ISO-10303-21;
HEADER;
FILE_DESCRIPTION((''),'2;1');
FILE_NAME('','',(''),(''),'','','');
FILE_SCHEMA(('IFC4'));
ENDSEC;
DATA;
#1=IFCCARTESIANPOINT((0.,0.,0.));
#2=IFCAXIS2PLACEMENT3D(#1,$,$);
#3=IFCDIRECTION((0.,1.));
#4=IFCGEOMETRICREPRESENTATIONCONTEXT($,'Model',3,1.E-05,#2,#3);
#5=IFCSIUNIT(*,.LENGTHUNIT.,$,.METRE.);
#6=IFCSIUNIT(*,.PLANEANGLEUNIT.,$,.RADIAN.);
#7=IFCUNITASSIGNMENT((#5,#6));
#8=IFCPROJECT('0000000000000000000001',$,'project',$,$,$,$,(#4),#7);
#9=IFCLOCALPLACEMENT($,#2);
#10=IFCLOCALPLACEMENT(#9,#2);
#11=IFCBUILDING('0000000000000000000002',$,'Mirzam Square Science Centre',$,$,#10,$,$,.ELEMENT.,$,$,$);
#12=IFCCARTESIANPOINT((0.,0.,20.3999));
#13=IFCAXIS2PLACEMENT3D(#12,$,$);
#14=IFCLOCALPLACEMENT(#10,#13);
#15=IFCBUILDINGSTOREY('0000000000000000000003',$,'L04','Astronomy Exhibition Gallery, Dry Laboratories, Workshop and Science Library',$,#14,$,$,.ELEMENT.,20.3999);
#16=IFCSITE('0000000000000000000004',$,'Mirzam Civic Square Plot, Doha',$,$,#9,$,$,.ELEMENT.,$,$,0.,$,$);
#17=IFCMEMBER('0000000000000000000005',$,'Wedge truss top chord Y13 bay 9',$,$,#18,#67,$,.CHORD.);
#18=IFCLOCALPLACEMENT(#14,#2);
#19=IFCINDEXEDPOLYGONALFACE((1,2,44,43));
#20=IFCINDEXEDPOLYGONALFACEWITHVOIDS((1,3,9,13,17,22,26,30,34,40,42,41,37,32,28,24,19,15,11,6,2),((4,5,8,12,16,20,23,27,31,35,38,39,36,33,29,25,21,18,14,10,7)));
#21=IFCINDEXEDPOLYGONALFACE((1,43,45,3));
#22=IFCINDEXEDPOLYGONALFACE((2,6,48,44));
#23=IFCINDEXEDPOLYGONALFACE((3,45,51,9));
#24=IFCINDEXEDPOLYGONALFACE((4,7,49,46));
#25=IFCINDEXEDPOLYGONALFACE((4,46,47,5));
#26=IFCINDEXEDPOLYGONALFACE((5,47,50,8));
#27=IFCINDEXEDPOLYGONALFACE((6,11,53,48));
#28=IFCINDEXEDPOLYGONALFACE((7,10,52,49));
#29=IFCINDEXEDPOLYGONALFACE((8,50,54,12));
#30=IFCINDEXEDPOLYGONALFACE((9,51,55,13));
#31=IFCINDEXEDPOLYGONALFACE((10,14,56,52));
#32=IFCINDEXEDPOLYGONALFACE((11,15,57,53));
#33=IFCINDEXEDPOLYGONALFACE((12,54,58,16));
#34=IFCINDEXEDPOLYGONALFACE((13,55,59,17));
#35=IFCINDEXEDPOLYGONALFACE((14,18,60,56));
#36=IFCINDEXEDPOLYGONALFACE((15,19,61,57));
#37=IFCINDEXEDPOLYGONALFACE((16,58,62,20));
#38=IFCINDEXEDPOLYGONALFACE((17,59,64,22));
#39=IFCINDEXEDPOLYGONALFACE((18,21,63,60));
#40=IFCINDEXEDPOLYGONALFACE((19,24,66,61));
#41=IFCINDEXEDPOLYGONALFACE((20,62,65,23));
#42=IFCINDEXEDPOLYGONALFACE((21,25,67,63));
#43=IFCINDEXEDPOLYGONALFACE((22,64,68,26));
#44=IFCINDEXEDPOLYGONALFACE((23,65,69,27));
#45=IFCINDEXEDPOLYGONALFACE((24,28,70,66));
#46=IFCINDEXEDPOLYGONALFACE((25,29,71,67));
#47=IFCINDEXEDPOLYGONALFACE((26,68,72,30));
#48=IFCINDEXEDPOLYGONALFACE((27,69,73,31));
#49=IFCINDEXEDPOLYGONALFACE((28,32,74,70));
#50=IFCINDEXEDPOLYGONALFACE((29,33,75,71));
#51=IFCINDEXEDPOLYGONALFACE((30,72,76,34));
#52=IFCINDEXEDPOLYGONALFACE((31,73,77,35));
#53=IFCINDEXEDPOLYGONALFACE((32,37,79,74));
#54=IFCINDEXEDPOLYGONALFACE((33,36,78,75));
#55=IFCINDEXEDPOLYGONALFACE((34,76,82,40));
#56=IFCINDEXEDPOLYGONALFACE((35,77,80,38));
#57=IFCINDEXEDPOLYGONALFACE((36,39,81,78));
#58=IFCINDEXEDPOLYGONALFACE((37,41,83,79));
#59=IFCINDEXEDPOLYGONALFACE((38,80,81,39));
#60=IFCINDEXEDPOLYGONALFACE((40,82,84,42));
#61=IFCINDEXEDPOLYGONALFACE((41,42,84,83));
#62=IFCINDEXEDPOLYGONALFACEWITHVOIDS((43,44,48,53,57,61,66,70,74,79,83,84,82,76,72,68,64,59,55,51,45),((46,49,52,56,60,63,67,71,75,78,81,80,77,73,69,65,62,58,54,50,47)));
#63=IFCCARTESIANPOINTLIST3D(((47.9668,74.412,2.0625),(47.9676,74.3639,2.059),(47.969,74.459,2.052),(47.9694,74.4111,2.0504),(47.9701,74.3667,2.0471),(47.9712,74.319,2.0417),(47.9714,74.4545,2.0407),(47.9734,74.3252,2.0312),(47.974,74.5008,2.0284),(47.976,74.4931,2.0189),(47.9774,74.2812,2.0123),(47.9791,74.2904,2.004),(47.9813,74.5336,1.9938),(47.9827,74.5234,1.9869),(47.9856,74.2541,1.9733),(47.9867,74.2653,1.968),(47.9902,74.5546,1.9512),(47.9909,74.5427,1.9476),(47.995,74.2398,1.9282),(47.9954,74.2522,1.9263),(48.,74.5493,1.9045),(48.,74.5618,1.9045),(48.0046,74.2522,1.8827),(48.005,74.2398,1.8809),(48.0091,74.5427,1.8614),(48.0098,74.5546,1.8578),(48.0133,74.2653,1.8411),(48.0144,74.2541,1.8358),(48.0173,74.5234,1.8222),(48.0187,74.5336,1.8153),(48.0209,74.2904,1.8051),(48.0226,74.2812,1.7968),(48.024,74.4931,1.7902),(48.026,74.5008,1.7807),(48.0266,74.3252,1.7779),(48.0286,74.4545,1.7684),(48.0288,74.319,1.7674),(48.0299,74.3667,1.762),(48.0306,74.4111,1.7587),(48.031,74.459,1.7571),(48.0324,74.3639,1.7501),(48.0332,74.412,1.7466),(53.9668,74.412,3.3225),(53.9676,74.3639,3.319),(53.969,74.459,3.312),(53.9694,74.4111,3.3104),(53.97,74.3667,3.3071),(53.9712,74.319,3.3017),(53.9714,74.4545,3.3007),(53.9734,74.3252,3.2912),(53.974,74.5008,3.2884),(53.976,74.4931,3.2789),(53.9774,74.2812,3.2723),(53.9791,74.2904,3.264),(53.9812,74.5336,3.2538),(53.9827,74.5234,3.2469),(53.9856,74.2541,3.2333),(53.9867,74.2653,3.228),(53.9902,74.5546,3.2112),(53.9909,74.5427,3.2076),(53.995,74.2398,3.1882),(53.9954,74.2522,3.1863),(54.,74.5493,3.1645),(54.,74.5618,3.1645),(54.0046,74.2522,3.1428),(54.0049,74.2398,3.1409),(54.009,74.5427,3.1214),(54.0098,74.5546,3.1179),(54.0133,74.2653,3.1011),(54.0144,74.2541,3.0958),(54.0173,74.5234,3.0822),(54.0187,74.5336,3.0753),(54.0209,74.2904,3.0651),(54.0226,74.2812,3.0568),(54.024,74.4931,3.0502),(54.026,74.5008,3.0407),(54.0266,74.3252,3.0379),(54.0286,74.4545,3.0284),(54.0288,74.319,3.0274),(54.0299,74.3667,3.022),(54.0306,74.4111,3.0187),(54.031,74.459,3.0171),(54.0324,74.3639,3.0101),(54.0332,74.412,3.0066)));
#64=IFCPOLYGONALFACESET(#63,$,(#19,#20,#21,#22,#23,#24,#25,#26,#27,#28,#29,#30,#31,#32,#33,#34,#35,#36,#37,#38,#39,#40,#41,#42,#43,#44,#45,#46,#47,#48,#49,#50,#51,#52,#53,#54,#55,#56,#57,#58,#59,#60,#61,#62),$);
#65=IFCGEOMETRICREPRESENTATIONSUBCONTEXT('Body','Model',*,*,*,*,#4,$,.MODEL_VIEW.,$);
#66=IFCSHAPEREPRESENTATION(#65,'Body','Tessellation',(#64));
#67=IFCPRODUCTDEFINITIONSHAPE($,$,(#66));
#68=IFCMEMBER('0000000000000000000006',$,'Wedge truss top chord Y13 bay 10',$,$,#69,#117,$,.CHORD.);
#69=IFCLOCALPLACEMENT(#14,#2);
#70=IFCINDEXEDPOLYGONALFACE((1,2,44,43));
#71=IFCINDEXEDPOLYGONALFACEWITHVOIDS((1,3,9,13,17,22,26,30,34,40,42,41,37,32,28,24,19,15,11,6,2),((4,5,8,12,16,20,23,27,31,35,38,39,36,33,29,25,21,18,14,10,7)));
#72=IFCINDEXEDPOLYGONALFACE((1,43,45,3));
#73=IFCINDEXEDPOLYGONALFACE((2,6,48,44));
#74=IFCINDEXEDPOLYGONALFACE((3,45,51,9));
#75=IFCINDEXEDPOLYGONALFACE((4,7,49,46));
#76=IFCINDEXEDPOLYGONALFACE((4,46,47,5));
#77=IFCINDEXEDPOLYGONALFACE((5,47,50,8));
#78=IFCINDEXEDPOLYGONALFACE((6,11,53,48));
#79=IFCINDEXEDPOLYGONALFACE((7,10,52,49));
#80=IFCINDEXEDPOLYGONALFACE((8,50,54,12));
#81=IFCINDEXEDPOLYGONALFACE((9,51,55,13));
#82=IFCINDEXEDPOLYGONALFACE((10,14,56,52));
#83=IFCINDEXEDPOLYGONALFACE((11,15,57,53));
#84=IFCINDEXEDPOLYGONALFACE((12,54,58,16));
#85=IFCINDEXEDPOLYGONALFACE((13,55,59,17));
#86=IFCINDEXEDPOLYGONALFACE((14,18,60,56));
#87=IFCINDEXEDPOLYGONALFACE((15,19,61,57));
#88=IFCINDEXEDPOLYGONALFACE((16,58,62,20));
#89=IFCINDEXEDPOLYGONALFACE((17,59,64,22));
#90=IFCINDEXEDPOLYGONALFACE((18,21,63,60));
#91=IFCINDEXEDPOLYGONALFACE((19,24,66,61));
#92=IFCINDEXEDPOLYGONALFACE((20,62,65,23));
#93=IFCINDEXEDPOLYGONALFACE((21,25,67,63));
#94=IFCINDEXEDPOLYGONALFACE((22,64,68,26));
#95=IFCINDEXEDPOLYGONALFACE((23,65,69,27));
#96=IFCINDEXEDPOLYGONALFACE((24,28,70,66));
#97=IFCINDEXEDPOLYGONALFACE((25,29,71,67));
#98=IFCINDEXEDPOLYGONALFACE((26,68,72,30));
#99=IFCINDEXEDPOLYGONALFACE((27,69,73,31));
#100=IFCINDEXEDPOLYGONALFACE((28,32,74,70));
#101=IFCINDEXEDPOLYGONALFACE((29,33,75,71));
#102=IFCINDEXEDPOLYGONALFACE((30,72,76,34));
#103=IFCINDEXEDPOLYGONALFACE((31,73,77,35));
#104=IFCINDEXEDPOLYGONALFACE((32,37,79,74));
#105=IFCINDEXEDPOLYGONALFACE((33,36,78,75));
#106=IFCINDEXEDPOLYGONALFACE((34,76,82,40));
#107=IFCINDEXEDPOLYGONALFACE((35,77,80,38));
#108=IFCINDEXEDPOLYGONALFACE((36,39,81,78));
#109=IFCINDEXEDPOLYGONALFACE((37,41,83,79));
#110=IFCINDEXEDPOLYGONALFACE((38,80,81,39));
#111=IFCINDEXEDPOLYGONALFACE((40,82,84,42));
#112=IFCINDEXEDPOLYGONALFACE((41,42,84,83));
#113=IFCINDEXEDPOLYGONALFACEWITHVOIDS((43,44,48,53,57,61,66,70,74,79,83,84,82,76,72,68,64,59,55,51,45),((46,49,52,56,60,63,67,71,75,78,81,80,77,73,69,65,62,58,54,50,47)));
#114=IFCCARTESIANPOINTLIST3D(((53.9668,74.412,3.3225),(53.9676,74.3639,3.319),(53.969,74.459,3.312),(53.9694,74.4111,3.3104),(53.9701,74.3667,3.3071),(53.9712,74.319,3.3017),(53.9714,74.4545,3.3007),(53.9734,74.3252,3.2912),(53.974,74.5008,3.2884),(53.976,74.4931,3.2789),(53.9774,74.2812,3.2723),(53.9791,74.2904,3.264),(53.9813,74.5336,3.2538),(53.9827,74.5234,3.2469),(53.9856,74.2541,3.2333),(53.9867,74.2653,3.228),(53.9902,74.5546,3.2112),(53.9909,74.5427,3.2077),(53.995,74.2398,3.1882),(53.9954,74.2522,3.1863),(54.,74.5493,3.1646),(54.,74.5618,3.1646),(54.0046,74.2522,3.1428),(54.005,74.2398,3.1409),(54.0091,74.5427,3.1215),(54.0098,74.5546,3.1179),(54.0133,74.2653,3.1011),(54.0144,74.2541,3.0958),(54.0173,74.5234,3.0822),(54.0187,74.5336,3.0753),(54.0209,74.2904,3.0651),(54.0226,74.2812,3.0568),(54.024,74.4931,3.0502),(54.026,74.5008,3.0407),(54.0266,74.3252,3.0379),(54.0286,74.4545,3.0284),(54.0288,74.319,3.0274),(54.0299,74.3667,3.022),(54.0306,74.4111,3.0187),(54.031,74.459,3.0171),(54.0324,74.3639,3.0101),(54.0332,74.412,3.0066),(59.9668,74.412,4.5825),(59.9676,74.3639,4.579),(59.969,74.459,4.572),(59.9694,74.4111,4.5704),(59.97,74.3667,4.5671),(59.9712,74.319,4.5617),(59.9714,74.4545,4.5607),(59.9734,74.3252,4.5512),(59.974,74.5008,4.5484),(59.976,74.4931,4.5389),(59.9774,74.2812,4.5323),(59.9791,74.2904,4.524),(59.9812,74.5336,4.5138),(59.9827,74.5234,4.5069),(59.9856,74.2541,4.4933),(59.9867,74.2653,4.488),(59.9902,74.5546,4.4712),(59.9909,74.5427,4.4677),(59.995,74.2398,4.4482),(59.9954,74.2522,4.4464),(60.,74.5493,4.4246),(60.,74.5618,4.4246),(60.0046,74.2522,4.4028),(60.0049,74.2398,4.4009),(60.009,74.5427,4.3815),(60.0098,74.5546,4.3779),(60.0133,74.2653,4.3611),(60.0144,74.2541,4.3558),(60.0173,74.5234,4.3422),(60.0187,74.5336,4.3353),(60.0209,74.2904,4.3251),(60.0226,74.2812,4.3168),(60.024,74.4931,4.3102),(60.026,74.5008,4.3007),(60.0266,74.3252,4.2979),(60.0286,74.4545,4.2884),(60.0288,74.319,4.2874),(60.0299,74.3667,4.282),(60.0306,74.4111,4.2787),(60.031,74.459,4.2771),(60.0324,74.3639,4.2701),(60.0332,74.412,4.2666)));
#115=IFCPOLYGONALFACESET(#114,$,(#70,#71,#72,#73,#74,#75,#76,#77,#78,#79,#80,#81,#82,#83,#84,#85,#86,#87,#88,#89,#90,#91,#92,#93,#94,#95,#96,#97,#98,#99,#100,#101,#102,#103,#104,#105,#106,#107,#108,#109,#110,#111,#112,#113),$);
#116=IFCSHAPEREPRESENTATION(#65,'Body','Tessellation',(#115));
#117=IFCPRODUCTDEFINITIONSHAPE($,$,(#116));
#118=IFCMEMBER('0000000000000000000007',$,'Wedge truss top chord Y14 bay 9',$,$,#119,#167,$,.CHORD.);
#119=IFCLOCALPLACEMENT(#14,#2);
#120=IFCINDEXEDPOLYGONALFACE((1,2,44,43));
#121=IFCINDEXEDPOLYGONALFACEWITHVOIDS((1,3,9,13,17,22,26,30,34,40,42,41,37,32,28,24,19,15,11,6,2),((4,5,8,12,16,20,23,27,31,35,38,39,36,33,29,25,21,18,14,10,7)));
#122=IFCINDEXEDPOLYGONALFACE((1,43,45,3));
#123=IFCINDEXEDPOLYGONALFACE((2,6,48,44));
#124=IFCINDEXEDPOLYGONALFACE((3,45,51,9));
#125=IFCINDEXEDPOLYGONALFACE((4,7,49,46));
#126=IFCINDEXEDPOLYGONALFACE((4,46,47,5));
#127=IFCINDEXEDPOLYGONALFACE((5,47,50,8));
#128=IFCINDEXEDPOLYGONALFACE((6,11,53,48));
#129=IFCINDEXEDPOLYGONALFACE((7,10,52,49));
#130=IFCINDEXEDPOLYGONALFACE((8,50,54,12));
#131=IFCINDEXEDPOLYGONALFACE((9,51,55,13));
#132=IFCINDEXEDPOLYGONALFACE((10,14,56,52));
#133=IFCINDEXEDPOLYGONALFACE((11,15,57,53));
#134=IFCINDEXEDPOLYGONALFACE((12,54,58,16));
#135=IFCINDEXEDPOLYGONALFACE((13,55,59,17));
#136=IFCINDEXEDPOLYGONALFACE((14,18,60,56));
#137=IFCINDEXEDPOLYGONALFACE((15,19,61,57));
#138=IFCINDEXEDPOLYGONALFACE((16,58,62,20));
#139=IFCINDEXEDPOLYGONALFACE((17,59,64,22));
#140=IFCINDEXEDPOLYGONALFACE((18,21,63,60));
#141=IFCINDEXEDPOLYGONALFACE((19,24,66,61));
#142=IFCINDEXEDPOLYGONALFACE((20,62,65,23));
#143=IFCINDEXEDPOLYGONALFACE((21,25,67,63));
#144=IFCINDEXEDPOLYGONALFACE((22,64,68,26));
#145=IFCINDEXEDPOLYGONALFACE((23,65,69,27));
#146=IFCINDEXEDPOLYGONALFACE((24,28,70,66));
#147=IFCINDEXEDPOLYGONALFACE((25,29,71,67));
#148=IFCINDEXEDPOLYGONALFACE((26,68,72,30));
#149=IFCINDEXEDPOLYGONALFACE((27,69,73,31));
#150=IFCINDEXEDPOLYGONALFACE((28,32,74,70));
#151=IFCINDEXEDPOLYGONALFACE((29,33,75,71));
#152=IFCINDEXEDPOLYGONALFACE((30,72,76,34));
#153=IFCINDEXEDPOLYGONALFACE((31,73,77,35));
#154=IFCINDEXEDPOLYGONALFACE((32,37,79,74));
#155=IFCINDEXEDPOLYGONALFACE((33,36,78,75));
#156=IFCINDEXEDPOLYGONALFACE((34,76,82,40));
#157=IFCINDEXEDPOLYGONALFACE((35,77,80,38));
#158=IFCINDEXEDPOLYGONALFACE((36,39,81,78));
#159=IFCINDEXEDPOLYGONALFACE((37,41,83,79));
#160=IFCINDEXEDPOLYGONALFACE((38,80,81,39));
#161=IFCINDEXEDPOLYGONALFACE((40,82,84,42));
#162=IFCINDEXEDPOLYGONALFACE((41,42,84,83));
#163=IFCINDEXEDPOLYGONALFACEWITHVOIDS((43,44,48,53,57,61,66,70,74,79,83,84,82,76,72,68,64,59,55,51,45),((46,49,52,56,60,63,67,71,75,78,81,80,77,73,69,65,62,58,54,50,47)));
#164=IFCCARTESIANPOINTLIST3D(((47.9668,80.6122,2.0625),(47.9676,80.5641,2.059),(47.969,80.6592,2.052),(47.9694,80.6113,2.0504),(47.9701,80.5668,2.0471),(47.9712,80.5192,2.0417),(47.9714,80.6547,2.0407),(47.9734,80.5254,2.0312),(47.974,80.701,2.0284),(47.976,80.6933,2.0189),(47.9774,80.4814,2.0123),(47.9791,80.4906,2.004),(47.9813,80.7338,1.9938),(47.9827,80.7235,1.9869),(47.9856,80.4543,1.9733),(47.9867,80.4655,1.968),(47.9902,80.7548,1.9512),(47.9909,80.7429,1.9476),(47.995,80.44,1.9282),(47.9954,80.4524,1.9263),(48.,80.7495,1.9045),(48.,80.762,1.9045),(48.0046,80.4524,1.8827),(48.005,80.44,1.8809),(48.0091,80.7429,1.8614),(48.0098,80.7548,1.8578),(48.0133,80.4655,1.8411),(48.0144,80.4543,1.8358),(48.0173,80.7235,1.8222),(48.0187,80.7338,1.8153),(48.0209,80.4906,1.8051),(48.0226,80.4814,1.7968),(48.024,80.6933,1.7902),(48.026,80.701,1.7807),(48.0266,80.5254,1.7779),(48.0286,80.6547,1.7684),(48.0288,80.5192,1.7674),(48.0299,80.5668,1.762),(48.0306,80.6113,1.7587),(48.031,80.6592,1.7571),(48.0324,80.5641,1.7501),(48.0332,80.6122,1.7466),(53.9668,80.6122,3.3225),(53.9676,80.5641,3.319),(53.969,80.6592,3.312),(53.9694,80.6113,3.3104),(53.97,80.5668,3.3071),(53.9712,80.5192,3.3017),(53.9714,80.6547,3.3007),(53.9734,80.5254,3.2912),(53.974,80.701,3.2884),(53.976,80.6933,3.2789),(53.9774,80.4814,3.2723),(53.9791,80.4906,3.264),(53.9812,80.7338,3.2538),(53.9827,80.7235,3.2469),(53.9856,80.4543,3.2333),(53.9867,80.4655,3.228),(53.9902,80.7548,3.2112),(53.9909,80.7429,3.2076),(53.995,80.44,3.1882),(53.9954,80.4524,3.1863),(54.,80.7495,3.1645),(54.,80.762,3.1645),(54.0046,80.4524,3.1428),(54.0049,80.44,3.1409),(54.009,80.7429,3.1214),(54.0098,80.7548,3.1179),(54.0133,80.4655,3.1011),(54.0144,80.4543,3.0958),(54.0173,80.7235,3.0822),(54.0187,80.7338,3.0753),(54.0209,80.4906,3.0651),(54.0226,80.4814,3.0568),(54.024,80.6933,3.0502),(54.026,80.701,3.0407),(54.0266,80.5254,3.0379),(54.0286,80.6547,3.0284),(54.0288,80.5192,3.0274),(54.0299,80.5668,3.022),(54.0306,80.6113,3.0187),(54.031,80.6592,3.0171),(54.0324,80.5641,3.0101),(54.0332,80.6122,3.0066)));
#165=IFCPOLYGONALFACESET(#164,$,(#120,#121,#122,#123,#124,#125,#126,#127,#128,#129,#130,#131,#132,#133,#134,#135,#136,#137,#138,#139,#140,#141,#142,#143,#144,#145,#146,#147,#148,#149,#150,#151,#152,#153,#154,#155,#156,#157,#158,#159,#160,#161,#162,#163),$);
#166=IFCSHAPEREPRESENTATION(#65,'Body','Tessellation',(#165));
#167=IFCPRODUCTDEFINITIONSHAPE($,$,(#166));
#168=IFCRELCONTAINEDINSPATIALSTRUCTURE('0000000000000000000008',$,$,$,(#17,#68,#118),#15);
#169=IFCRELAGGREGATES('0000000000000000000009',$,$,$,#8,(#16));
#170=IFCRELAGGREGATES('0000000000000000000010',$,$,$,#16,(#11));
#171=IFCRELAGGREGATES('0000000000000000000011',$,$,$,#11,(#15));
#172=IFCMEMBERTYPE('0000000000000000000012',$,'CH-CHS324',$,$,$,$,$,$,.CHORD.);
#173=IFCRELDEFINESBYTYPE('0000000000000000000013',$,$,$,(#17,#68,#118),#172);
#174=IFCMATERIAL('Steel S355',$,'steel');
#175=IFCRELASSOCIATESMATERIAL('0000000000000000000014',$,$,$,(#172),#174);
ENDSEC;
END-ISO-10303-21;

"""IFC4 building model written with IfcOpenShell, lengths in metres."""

from ifc_helpers import new_model, si_unit, direction, frame, origin, origin_2d, place, context, subcontext, project, spatial, hollow_circle, extrude, material, material_profile, profile_set, type_object, element, save


model = new_model("IFC4")

# Units and contexts
model_context = context("Model", 3, precision=1e-05, world=origin(), true_north=direction((0.0, 1.0)))
body_context = subcontext(model_context, "Body", "Model", "MODEL_VIEW")
ifc_project = project(units=[si_unit("LENGTHUNIT", "METRE"), si_unit("PLANEANGLEUNIT", "RADIAN")], contexts=[model_context])

# Site, building, storey
site_placement = place(None, origin())
site = spatial("IfcSite", under=ifc_project, at=site_placement, Name="Mirzam Civic Square Plot, Doha", CompositionType="ELEMENT", RefElevation=0.0)
building_placement = place(site_placement, origin())
building = spatial("IfcBuilding", under=site, at=building_placement, Name="Mirzam Square Science Centre", CompositionType="ELEMENT")
storey_placement = place(building_placement, frame((0.0, 0.0, 20.3999)))
storey = spatial("IfcBuildingStorey", under=building, at=storey_placement, Name="L04", Description="Astronomy Exhibition Gallery, Dry Laboratories, Workshop and Science Library", CompositionType="ELEMENT", Elevation=20.3999)

# Members
ifc_material = material(Name="Steel S355", Category="steel")
ifc_material_profile_1 = material_profile(ifc_material, hollow_circle(Radius=0.1619, WallThickness=0.0125, at=origin_2d()), Name="323.9x12.5CHS")
ifc_profile_set_1 = profile_set([ifc_material_profile_1], Name="Steel S355")
member_type_1 = type_object("IfcMemberType", Name="CH-CHS324", PredefinedType="CHORD", material=ifc_profile_set_1)
for number, where, z_axis, x_axis, name in (
    (1, (48.0, 74.3999, 1.9045), (0.978653, 0.0, 0.205519), (0.0, 1.0, 0.0), "Wedge truss top chord Y13 bay 9"),
    (2, (54.0, 74.3999, 3.1646), (0.978653, 0.0, 0.205519), (0.0, 1.0, 0.0), "Wedge truss top chord Y13 bay 10"),
    (3, (48.0, 80.6001, 1.9045), (0.978653, 0.0, 0.205519), (0.0, 1.0, 0.0), "Wedge truss top chord Y14 bay 9"),
):
    element("IfcMember", number, at=place(storey_placement, frame(where, z_axis=z_axis, x_axis=x_axis)), inside=storey, type_object=member_type_1, Name=name, PredefinedType="CHORD", context=body_context, shape_type="SweptSolid", body=[
        extrude(hollow_circle(Radius=0.1619, WallThickness=0.0125, at=origin_2d()), origin(), (0.0, 0.0, 1.0), 6.1309),
    ])

save(model, "model.ifc")
